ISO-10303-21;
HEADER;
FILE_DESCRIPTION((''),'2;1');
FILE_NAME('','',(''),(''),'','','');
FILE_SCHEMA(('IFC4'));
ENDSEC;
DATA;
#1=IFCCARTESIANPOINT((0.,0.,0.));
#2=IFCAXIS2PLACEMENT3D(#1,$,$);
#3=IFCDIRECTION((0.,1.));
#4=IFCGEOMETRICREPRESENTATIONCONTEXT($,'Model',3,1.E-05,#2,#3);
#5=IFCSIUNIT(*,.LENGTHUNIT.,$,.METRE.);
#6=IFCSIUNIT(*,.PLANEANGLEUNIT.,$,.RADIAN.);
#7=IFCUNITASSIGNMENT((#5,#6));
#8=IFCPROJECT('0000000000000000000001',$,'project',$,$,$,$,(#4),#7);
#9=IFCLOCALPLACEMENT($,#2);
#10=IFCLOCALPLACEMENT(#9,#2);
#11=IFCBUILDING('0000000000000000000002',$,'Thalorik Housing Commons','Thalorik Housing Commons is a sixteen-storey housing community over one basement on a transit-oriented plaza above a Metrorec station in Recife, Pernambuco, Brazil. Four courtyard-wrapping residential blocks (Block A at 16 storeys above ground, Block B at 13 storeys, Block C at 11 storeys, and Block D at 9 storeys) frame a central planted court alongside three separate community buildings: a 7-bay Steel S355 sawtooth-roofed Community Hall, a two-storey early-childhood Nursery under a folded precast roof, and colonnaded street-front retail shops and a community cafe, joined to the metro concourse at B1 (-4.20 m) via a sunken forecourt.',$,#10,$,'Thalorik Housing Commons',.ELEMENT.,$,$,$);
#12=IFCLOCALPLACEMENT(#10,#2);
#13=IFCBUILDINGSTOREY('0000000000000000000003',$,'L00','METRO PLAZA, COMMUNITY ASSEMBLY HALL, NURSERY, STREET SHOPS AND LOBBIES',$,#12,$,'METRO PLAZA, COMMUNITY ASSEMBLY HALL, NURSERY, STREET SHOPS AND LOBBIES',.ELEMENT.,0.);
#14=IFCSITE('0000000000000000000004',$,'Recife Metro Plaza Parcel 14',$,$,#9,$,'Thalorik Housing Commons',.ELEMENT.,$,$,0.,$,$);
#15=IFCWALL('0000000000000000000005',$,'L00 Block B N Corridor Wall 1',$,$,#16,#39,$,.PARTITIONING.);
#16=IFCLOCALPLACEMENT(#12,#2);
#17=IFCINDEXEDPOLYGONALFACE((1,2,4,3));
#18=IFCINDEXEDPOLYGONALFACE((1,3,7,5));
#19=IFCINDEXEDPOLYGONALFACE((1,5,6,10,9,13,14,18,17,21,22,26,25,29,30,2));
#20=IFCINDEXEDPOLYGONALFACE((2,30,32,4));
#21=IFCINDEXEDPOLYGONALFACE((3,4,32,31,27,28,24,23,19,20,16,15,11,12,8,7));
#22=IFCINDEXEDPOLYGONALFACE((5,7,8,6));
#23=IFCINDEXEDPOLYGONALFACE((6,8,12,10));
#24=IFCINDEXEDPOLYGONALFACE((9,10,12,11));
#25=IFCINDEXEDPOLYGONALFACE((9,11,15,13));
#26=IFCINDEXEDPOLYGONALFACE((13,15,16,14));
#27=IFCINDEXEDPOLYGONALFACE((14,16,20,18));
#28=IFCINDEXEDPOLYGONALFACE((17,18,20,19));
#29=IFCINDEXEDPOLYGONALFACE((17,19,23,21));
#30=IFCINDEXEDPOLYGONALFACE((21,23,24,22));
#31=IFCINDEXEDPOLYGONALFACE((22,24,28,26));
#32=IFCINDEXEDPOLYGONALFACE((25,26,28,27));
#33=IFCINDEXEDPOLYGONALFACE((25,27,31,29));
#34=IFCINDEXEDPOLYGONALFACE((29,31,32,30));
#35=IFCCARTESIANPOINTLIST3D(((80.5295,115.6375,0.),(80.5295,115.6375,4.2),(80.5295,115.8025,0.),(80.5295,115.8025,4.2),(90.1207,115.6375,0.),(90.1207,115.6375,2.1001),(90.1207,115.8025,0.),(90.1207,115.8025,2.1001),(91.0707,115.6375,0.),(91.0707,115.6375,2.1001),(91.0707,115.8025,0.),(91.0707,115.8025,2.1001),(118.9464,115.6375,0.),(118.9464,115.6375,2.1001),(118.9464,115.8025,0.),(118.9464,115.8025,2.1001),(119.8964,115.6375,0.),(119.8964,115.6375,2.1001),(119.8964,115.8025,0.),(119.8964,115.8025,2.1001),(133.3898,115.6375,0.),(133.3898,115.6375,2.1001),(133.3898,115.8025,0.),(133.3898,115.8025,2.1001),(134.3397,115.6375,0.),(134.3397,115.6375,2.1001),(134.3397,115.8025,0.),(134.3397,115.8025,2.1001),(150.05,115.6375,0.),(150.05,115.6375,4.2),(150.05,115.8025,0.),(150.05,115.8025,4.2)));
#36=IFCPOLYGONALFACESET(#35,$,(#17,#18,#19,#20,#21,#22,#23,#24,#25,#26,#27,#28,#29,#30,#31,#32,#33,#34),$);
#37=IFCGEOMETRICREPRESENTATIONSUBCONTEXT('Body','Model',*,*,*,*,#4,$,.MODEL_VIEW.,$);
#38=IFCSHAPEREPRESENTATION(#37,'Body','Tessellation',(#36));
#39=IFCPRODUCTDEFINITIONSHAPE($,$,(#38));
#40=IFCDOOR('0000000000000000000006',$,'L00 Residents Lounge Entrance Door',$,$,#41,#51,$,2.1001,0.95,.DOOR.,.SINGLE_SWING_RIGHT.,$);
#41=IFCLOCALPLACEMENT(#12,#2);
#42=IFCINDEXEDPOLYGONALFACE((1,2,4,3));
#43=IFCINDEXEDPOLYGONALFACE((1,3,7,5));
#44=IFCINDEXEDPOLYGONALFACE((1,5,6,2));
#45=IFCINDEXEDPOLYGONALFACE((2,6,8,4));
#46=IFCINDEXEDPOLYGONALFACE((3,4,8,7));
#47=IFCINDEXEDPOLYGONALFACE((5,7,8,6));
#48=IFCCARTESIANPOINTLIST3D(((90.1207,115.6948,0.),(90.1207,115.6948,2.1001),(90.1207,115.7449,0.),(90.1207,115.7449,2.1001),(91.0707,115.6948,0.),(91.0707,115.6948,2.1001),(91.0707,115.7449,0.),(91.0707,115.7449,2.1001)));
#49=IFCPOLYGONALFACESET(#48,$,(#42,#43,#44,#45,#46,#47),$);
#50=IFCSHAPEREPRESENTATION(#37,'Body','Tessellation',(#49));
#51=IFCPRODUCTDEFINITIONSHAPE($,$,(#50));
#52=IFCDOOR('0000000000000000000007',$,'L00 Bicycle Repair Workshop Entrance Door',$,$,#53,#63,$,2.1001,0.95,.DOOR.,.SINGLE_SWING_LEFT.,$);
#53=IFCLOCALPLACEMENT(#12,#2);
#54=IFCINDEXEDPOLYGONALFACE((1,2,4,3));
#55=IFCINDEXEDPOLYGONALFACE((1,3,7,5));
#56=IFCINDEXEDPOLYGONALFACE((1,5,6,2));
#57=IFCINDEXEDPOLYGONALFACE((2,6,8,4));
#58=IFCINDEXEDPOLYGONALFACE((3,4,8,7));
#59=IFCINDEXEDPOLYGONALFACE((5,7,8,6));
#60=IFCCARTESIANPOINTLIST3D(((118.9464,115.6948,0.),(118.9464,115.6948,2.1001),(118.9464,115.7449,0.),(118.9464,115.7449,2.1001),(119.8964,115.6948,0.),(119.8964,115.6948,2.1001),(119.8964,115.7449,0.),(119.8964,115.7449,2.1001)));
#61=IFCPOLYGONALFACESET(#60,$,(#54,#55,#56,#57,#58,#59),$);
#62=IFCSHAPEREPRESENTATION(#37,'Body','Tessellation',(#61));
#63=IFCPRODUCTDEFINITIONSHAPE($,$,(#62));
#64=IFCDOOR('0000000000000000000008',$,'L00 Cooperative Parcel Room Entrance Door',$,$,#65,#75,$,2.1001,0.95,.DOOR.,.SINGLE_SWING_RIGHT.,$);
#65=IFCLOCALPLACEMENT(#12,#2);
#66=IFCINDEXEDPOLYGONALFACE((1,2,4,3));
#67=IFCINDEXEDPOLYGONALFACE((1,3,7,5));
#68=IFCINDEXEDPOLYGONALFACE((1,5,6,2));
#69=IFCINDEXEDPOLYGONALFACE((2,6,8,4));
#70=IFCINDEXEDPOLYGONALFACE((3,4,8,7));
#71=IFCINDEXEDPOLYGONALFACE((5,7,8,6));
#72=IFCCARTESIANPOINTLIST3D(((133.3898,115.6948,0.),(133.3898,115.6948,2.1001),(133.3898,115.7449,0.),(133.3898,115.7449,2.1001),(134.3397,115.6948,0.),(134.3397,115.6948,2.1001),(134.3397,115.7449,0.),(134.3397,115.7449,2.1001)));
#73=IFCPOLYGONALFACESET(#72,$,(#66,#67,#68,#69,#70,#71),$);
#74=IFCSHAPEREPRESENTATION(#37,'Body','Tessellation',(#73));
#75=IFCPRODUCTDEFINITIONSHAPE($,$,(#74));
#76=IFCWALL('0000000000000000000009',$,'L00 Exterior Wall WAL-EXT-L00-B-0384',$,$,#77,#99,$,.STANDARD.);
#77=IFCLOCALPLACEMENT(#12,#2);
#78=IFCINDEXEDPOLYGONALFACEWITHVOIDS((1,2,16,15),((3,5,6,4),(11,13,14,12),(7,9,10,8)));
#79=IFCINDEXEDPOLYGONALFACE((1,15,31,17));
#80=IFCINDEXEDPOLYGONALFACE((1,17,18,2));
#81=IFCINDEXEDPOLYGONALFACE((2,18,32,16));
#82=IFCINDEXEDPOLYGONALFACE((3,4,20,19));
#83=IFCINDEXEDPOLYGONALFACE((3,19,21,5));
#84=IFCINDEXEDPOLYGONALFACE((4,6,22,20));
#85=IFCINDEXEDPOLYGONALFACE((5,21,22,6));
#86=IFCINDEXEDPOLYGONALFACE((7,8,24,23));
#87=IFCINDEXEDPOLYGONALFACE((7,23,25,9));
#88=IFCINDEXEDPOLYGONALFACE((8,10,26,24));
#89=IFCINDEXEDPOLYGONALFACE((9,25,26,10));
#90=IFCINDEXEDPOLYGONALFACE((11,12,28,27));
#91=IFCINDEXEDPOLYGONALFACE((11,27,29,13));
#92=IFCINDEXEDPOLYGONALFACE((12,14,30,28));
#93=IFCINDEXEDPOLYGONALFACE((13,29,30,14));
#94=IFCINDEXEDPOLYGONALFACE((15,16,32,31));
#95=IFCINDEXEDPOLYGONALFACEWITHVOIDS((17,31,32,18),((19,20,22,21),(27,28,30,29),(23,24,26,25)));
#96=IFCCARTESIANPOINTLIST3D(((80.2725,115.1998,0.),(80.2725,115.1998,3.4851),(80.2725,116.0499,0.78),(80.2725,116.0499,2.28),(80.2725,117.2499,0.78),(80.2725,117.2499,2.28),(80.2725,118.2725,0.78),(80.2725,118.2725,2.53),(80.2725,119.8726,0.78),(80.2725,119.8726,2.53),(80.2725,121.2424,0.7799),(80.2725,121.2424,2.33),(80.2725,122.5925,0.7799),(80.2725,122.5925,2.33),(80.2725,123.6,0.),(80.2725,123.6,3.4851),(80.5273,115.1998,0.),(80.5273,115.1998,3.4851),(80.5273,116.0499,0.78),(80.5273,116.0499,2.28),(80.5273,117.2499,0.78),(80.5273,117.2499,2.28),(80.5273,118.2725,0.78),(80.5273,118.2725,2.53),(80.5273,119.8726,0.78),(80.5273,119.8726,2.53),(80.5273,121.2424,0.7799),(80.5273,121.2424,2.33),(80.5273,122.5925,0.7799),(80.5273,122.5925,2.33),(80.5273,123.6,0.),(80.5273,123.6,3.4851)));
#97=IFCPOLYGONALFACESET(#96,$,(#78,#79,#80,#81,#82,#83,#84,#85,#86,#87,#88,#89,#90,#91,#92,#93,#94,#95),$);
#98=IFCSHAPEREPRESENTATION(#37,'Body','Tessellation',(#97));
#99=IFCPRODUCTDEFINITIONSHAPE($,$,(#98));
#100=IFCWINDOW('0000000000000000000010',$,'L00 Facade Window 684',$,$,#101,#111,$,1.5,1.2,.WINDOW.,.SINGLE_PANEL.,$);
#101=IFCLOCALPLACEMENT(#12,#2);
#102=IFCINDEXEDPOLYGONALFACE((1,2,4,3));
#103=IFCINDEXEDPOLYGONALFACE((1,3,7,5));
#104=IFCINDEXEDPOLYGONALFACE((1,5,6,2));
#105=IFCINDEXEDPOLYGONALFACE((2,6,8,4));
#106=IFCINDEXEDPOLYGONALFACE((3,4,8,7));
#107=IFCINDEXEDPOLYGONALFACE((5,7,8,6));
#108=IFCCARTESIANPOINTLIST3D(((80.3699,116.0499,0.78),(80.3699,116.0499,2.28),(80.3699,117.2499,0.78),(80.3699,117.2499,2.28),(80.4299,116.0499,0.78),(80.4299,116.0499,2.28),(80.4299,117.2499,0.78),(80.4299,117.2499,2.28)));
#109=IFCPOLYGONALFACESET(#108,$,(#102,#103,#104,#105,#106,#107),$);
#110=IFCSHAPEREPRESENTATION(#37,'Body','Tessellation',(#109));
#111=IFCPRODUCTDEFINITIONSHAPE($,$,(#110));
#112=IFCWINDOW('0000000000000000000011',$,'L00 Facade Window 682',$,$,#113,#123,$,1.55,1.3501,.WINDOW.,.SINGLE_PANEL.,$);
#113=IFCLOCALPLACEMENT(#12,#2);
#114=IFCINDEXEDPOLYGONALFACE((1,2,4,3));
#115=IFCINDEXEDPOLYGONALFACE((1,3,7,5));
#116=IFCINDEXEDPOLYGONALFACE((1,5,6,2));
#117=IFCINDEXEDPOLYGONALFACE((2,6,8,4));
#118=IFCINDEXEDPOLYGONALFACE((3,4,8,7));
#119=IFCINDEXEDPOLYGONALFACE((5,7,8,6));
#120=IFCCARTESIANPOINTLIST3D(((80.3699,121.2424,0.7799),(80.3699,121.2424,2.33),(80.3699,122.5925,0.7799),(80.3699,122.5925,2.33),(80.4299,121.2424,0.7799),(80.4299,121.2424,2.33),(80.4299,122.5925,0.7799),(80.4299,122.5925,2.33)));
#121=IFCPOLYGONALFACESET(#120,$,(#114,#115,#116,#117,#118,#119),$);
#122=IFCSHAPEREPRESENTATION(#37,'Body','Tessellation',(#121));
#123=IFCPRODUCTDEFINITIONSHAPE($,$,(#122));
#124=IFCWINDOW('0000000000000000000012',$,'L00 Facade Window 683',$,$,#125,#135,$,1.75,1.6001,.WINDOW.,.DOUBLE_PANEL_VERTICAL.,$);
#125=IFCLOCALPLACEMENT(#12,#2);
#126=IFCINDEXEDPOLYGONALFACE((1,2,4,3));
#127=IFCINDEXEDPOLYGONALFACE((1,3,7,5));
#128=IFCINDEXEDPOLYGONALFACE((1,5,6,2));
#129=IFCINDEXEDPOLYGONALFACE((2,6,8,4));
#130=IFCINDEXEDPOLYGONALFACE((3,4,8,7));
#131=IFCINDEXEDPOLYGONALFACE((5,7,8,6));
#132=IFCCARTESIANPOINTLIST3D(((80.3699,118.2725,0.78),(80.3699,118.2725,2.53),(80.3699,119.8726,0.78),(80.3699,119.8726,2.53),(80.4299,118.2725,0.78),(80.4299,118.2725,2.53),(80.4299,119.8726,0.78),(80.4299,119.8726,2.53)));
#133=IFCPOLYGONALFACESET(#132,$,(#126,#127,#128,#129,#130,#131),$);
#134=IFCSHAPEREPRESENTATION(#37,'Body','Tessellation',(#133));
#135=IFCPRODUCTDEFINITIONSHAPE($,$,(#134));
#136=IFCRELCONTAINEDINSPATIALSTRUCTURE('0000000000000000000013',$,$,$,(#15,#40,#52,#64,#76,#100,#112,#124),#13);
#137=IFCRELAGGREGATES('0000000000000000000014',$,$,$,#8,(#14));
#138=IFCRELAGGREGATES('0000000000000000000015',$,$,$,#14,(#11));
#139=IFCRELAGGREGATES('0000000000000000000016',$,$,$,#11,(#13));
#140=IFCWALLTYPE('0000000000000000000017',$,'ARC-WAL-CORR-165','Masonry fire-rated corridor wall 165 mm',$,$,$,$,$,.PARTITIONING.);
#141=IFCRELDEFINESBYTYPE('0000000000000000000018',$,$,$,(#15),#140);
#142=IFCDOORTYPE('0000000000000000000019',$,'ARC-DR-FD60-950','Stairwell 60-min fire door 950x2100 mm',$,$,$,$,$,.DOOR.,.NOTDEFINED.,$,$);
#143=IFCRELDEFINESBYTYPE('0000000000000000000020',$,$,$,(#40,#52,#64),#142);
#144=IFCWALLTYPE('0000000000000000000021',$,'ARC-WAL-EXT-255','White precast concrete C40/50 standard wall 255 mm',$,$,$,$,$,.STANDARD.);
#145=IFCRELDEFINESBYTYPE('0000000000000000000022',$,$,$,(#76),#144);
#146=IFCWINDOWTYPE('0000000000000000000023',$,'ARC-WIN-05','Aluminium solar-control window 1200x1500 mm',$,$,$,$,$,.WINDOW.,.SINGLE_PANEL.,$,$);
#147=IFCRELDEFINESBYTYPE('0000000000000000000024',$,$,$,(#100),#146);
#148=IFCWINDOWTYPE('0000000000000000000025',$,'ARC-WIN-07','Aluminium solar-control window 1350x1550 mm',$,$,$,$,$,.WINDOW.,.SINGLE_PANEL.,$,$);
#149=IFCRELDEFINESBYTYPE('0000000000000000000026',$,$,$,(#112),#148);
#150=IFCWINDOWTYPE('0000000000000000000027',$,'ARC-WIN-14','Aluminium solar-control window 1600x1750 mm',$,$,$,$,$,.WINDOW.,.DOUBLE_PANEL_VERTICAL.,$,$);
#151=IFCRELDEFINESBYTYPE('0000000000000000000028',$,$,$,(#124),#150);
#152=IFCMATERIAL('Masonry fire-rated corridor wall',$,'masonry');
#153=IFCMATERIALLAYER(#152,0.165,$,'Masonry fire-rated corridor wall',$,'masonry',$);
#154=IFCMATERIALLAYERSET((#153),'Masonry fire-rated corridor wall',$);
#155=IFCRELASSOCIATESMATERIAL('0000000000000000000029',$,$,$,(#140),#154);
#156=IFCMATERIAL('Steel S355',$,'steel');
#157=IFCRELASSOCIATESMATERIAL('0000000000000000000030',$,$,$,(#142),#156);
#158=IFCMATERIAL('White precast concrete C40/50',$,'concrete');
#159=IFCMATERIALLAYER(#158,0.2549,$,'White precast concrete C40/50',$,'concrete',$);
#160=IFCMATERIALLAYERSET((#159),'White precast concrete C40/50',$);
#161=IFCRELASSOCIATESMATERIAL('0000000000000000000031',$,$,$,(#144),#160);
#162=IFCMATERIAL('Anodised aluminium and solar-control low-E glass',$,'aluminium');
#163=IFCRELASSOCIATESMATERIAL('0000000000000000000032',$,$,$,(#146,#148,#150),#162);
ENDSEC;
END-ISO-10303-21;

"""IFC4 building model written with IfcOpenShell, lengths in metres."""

from ifc_helpers import new_model, si_unit, direction, frame, frame_2d, origin, place, context, subcontext, project, spatial, rectangle, extrude, material, layer, layer_set, type_object, element, fill, save


model = new_model("IFC4")

# Units and contexts
model_context = context("Model", 3, precision=1e-05, world=origin(), true_north=direction((0.0, 1.0)))
body_context = subcontext(model_context, "Body", "Model", "MODEL_VIEW")
ifc_project = project(units=[si_unit("LENGTHUNIT", "METRE"), si_unit("PLANEANGLEUNIT", "RADIAN")], contexts=[model_context])

# Site, building, storey
site_placement = place(None, origin())
site = spatial("IfcSite", under=ifc_project, at=site_placement, Name="Recife Metro Plaza Parcel 14", LongName="Thalorik Housing Commons", CompositionType="ELEMENT", RefElevation=0.0)
building_placement = place(site_placement, origin())
building = spatial("IfcBuilding", under=site, at=building_placement, Name="Thalorik Housing Commons", Description="Thalorik Housing Commons is a sixteen-storey housing community over one basement on a transit-oriented plaza above a Metrorec station in Recife, Pernambuco, Brazil. Four courtyard-wrapping residential blocks (Block A at 16 storeys above ground, Block B at 13 storeys, Block C at 11 storeys, and Block D at 9 storeys) frame a central planted court alongside three separate community buildings: a 7-bay Steel S355 sawtooth-roofed Community Hall, a two-storey early-childhood Nursery under a folded precast roof, and colonnaded street-front retail shops and a community cafe, joined to the metro concourse at B1 (-4.20 m) via a sunken forecourt.", LongName="Thalorik Housing Commons", CompositionType="ELEMENT")
storey_placement = place(building_placement, origin())
storey = spatial("IfcBuildingStorey", under=building, at=storey_placement, Name="L00", Description="METRO PLAZA, COMMUNITY ASSEMBLY HALL, NURSERY, STREET SHOPS AND LOBBIES", LongName="METRO PLAZA, COMMUNITY ASSEMBLY HALL, NURSERY, STREET SHOPS AND LOBBIES", CompositionType="ELEMENT", Elevation=0.0)

# Wall, openings, doors
ifc_material_1 = material(Name="Masonry fire-rated corridor wall", Category="masonry")
ifc_layer_1 = layer(ifc_material_1, 0.165, Name="Masonry fire-rated corridor wall", Category="masonry")
ifc_layer_set_1 = layer_set([ifc_layer_1], Name="Masonry fire-rated corridor wall")
wall_type_1 = type_object("IfcWallType", Name="ARC-WAL-CORR-165", Description="Masonry fire-rated corridor wall 165 mm", PredefinedType="PARTITIONING", material=ifc_layer_set_1)
wall_1_placement = place(storey_placement, frame((80.5295, 115.72, 0.0), z_axis=(0.0, 0.0, 1.0), x_axis=(1.0, 0.0, 0.0)))
wall_1 = element("IfcWall", 1, at=wall_1_placement, inside=storey, type_object=wall_type_1, Name="L00 Block B N Corridor Wall 1", PredefinedType="PARTITIONING", context=body_context, shape_type="SweptSolid", body=[
    extrude(rectangle(XDim=69.5205, YDim=0.165, at=frame_2d((34.7603, 0.0))), origin(), (0.0, 0.0, 1.0), 4.2),
])
opening_1_placement = place(wall_1_placement, frame((9.5911, 0.0, 0.0)))
opening_1 = element("IfcOpeningElement", 2, at=opening_1_placement, cuts=wall_1, PredefinedType="OPENING", context=body_context, shape_type="SweptSolid", body=[
    extrude(rectangle(XDim=0.95, YDim=2.1001, at=frame_2d((0.4751, 1.05))), frame((0.0, 0.0925, 0.0), z_axis=(0.0, -1.0, 0.0), x_axis=(1.0, 0.0, 0.0)), (0.0, 0.0, 1.0), 0.1851),
])
opening_2_placement = place(wall_1_placement, frame((38.4167, 0.0, 0.0)))
opening_2 = element("IfcOpeningElement", 3, at=opening_2_placement, cuts=wall_1, PredefinedType="OPENING", context=body_context, shape_type="SweptSolid", body=[
    extrude(rectangle(XDim=0.95, YDim=2.1001, at=frame_2d((0.4751, 1.05))), frame((0.0, 0.0925, 0.0), z_axis=(0.0, -1.0, 0.0), x_axis=(1.0, 0.0, 0.0)), (0.0, 0.0, 1.0), 0.1851),
])
opening_3_placement = place(wall_1_placement, frame((52.8601, 0.0, 0.0)))
opening_3 = element("IfcOpeningElement", 4, at=opening_3_placement, cuts=wall_1, PredefinedType="OPENING", context=body_context, shape_type="SweptSolid", body=[
    extrude(rectangle(XDim=0.95, YDim=2.1001, at=frame_2d((0.4751, 1.05))), frame((0.0, 0.0925, 0.0), z_axis=(0.0, -1.0, 0.0), x_axis=(1.0, 0.0, 0.0)), (0.0, 0.0, 1.0), 0.1851),
])
ifc_material_2 = material(Name="Steel S355", Category="steel")
door_type_1 = type_object("IfcDoorType", Name="ARC-DR-FD60-950", Description="Stairwell 60-min fire door 950x2100 mm", OperationType="NOTDEFINED", PredefinedType="DOOR", material=ifc_material_2)
door_1_placement = place(opening_1_placement, origin())
door_1 = element("IfcDoor", 5, at=door_1_placement, inside=storey, type_object=door_type_1, Name="L00 Residents Lounge Entrance Door", OperationType="SINGLE_SWING_RIGHT", OverallHeight=2.1001, OverallWidth=0.95, PredefinedType="DOOR", context=body_context, shape_type="SweptSolid", body=[
    extrude(rectangle(XDim=0.95, YDim=2.1001, at=frame_2d((0.4751, 1.05))), frame((0.0, 0.0249, 0.0), z_axis=(0.0, -1.0, 0.0), x_axis=(1.0, 0.0, 0.0)), (0.0, 0.0, 1.0), 0.05),
])
fill(opening_1, door_1)
door_2_placement = place(opening_2_placement, origin())
door_2 = element("IfcDoor", 6, at=door_2_placement, inside=storey, type_object=door_type_1, Name="L00 Bicycle Repair Workshop Entrance Door", OperationType="SINGLE_SWING_LEFT", OverallHeight=2.1001, OverallWidth=0.95, PredefinedType="DOOR", context=body_context, shape_type="SweptSolid", body=[
    extrude(rectangle(XDim=0.95, YDim=2.1001, at=frame_2d((0.4751, 1.05))), frame((0.0, 0.0249, 0.0), z_axis=(0.0, -1.0, 0.0), x_axis=(1.0, 0.0, 0.0)), (0.0, 0.0, 1.0), 0.05),
])
fill(opening_2, door_2)
door_3_placement = place(opening_3_placement, origin())
door_3 = element("IfcDoor", 7, at=door_3_placement, inside=storey, type_object=door_type_1, Name="L00 Cooperative Parcel Room Entrance Door", OperationType="SINGLE_SWING_RIGHT", OverallHeight=2.1001, OverallWidth=0.95, PredefinedType="DOOR", context=body_context, shape_type="SweptSolid", body=[
    extrude(rectangle(XDim=0.95, YDim=2.1001, at=frame_2d((0.4751, 1.05))), frame((0.0, 0.0249, 0.0), z_axis=(0.0, -1.0, 0.0), x_axis=(1.0, 0.0, 0.0)), (0.0, 0.0, 1.0), 0.05),
])
fill(opening_3, door_3)

# Wall, openings, windows
ifc_material_3 = material(Name="White precast concrete C40/50", Category="concrete")
ifc_layer_2 = layer(ifc_material_3, 0.2549, Name="White precast concrete C40/50", Category="concrete")
ifc_layer_set_2 = layer_set([ifc_layer_2], Name="White precast concrete C40/50")
wall_type_2 = type_object("IfcWallType", Name="ARC-WAL-EXT-255", Description="White precast concrete C40/50 standard wall 255 mm", PredefinedType="STANDARD", material=ifc_layer_set_2)
wall_2_placement = place(storey_placement, frame((80.3999, 123.6001, 0.0), z_axis=(0.0, 0.0, 1.0), x_axis=(0.0, -1.0, 0.0)))
wall_2 = element("IfcWall", 8, at=wall_2_placement, inside=storey, type_object=wall_type_2, Name="L00 Exterior Wall WAL-EXT-L00-B-0384", PredefinedType="STANDARD", context=body_context, shape_type="SweptSolid", body=[
    extrude(rectangle(XDim=8.4001, YDim=0.2549, at=frame_2d((4.2002, 0.0))), origin(), (0.0, 0.0, 1.0), 3.4851),
])
opening_4_placement = place(wall_2_placement, frame((1.0076, 0.0, 0.78)))
opening_4 = element("IfcOpeningElement", 9, at=opening_4_placement, cuts=wall_2, PredefinedType="OPENING", context=body_context, shape_type="SweptSolid", body=[
    extrude(rectangle(XDim=1.3501, YDim=1.55, at=frame_2d((0.675, 0.7749))), frame((0.0, 0.1375, 0.0), z_axis=(0.0, -1.0, 0.0), x_axis=(1.0, 0.0, 0.0)), (0.0, 0.0, 1.0), 0.2749),
])
opening_5_placement = place(wall_2_placement, frame((3.7275, 0.0, 0.78)))
opening_5 = element("IfcOpeningElement", 10, at=opening_5_placement, cuts=wall_2, PredefinedType="OPENING", context=body_context, shape_type="SweptSolid", body=[
    extrude(rectangle(XDim=1.6001, YDim=1.75, at=frame_2d((0.8, 0.875))), frame((0.0, 0.1375, 0.0), z_axis=(0.0, -1.0, 0.0), x_axis=(1.0, 0.0, 0.0)), (0.0, 0.0, 1.0), 0.2749),
])
opening_6_placement = place(wall_2_placement, frame((6.3501, 0.0, 0.78)))
opening_6 = element("IfcOpeningElement", 11, at=opening_6_placement, cuts=wall_2, PredefinedType="OPENING", context=body_context, shape_type="SweptSolid", body=[
    extrude(rectangle(XDim=1.2, YDim=1.5, at=frame_2d((0.6001, 0.75))), frame((0.0, 0.1375, 0.0), z_axis=(0.0, -1.0, 0.0), x_axis=(1.0, 0.0, 0.0)), (0.0, 0.0, 1.0), 0.2749),
])
ifc_material_4 = material(Name="Anodised aluminium and solar-control low-E glass", Category="aluminium")
window_type_1 = type_object("IfcWindowType", Name="ARC-WIN-05", Description="Aluminium solar-control window 1200x1500 mm", PartitioningType="SINGLE_PANEL", PredefinedType="WINDOW", material=ifc_material_4)
window_1_placement = place(opening_6_placement, origin())
window_1 = element("IfcWindow", 12, at=window_1_placement, inside=storey, type_object=window_type_1, Name="L00 Facade Window 684", OverallHeight=1.5, OverallWidth=1.2, PartitioningType="SINGLE_PANEL", PredefinedType="WINDOW", context=body_context, shape_type="SweptSolid", body=[
    extrude(rectangle(XDim=1.2, YDim=1.5, at=frame_2d((0.6001, 0.75))), frame((0.0, 0.03, 0.0), z_axis=(0.0, -1.0, 0.0), x_axis=(1.0, 0.0, 0.0)), (0.0, 0.0, 1.0), 0.0601),
])
fill(opening_6, window_1)
window_type_2 = type_object("IfcWindowType", Name="ARC-WIN-07", Description="Aluminium solar-control window 1350x1550 mm", PartitioningType="SINGLE_PANEL", PredefinedType="WINDOW", material=ifc_material_4)
window_2_placement = place(opening_4_placement, origin())
window_2 = element("IfcWindow", 13, at=window_2_placement, inside=storey, type_object=window_type_2, Name="L00 Facade Window 682", OverallHeight=1.55, OverallWidth=1.3501, PartitioningType="SINGLE_PANEL", PredefinedType="WINDOW", context=body_context, shape_type="SweptSolid", body=[
    extrude(rectangle(XDim=1.3501, YDim=1.55, at=frame_2d((0.675, 0.7749))), frame((0.0, 0.03, 0.0), z_axis=(0.0, -1.0, 0.0), x_axis=(1.0, 0.0, 0.0)), (0.0, 0.0, 1.0), 0.0601),
])
fill(opening_4, window_2)
window_type_3 = type_object("IfcWindowType", Name="ARC-WIN-14", Description="Aluminium solar-control window 1600x1750 mm", PartitioningType="DOUBLE_PANEL_VERTICAL", PredefinedType="WINDOW", material=ifc_material_4)
window_3_placement = place(opening_5_placement, origin())
window_3 = element("IfcWindow", 14, at=window_3_placement, inside=storey, type_object=window_type_3, Name="L00 Facade Window 683", OverallHeight=1.75, OverallWidth=1.6001, PartitioningType="DOUBLE_PANEL_VERTICAL", PredefinedType="WINDOW", context=body_context, shape_type="SweptSolid", body=[
    extrude(rectangle(XDim=1.6001, YDim=1.75, at=frame_2d((0.8, 0.875))), frame((0.0, 0.03, 0.0), z_axis=(0.0, -1.0, 0.0), x_axis=(1.0, 0.0, 0.0)), (0.0, 0.0, 1.0), 0.0601),
])
fill(opening_5, window_3)

save(model, "model.ifc")
